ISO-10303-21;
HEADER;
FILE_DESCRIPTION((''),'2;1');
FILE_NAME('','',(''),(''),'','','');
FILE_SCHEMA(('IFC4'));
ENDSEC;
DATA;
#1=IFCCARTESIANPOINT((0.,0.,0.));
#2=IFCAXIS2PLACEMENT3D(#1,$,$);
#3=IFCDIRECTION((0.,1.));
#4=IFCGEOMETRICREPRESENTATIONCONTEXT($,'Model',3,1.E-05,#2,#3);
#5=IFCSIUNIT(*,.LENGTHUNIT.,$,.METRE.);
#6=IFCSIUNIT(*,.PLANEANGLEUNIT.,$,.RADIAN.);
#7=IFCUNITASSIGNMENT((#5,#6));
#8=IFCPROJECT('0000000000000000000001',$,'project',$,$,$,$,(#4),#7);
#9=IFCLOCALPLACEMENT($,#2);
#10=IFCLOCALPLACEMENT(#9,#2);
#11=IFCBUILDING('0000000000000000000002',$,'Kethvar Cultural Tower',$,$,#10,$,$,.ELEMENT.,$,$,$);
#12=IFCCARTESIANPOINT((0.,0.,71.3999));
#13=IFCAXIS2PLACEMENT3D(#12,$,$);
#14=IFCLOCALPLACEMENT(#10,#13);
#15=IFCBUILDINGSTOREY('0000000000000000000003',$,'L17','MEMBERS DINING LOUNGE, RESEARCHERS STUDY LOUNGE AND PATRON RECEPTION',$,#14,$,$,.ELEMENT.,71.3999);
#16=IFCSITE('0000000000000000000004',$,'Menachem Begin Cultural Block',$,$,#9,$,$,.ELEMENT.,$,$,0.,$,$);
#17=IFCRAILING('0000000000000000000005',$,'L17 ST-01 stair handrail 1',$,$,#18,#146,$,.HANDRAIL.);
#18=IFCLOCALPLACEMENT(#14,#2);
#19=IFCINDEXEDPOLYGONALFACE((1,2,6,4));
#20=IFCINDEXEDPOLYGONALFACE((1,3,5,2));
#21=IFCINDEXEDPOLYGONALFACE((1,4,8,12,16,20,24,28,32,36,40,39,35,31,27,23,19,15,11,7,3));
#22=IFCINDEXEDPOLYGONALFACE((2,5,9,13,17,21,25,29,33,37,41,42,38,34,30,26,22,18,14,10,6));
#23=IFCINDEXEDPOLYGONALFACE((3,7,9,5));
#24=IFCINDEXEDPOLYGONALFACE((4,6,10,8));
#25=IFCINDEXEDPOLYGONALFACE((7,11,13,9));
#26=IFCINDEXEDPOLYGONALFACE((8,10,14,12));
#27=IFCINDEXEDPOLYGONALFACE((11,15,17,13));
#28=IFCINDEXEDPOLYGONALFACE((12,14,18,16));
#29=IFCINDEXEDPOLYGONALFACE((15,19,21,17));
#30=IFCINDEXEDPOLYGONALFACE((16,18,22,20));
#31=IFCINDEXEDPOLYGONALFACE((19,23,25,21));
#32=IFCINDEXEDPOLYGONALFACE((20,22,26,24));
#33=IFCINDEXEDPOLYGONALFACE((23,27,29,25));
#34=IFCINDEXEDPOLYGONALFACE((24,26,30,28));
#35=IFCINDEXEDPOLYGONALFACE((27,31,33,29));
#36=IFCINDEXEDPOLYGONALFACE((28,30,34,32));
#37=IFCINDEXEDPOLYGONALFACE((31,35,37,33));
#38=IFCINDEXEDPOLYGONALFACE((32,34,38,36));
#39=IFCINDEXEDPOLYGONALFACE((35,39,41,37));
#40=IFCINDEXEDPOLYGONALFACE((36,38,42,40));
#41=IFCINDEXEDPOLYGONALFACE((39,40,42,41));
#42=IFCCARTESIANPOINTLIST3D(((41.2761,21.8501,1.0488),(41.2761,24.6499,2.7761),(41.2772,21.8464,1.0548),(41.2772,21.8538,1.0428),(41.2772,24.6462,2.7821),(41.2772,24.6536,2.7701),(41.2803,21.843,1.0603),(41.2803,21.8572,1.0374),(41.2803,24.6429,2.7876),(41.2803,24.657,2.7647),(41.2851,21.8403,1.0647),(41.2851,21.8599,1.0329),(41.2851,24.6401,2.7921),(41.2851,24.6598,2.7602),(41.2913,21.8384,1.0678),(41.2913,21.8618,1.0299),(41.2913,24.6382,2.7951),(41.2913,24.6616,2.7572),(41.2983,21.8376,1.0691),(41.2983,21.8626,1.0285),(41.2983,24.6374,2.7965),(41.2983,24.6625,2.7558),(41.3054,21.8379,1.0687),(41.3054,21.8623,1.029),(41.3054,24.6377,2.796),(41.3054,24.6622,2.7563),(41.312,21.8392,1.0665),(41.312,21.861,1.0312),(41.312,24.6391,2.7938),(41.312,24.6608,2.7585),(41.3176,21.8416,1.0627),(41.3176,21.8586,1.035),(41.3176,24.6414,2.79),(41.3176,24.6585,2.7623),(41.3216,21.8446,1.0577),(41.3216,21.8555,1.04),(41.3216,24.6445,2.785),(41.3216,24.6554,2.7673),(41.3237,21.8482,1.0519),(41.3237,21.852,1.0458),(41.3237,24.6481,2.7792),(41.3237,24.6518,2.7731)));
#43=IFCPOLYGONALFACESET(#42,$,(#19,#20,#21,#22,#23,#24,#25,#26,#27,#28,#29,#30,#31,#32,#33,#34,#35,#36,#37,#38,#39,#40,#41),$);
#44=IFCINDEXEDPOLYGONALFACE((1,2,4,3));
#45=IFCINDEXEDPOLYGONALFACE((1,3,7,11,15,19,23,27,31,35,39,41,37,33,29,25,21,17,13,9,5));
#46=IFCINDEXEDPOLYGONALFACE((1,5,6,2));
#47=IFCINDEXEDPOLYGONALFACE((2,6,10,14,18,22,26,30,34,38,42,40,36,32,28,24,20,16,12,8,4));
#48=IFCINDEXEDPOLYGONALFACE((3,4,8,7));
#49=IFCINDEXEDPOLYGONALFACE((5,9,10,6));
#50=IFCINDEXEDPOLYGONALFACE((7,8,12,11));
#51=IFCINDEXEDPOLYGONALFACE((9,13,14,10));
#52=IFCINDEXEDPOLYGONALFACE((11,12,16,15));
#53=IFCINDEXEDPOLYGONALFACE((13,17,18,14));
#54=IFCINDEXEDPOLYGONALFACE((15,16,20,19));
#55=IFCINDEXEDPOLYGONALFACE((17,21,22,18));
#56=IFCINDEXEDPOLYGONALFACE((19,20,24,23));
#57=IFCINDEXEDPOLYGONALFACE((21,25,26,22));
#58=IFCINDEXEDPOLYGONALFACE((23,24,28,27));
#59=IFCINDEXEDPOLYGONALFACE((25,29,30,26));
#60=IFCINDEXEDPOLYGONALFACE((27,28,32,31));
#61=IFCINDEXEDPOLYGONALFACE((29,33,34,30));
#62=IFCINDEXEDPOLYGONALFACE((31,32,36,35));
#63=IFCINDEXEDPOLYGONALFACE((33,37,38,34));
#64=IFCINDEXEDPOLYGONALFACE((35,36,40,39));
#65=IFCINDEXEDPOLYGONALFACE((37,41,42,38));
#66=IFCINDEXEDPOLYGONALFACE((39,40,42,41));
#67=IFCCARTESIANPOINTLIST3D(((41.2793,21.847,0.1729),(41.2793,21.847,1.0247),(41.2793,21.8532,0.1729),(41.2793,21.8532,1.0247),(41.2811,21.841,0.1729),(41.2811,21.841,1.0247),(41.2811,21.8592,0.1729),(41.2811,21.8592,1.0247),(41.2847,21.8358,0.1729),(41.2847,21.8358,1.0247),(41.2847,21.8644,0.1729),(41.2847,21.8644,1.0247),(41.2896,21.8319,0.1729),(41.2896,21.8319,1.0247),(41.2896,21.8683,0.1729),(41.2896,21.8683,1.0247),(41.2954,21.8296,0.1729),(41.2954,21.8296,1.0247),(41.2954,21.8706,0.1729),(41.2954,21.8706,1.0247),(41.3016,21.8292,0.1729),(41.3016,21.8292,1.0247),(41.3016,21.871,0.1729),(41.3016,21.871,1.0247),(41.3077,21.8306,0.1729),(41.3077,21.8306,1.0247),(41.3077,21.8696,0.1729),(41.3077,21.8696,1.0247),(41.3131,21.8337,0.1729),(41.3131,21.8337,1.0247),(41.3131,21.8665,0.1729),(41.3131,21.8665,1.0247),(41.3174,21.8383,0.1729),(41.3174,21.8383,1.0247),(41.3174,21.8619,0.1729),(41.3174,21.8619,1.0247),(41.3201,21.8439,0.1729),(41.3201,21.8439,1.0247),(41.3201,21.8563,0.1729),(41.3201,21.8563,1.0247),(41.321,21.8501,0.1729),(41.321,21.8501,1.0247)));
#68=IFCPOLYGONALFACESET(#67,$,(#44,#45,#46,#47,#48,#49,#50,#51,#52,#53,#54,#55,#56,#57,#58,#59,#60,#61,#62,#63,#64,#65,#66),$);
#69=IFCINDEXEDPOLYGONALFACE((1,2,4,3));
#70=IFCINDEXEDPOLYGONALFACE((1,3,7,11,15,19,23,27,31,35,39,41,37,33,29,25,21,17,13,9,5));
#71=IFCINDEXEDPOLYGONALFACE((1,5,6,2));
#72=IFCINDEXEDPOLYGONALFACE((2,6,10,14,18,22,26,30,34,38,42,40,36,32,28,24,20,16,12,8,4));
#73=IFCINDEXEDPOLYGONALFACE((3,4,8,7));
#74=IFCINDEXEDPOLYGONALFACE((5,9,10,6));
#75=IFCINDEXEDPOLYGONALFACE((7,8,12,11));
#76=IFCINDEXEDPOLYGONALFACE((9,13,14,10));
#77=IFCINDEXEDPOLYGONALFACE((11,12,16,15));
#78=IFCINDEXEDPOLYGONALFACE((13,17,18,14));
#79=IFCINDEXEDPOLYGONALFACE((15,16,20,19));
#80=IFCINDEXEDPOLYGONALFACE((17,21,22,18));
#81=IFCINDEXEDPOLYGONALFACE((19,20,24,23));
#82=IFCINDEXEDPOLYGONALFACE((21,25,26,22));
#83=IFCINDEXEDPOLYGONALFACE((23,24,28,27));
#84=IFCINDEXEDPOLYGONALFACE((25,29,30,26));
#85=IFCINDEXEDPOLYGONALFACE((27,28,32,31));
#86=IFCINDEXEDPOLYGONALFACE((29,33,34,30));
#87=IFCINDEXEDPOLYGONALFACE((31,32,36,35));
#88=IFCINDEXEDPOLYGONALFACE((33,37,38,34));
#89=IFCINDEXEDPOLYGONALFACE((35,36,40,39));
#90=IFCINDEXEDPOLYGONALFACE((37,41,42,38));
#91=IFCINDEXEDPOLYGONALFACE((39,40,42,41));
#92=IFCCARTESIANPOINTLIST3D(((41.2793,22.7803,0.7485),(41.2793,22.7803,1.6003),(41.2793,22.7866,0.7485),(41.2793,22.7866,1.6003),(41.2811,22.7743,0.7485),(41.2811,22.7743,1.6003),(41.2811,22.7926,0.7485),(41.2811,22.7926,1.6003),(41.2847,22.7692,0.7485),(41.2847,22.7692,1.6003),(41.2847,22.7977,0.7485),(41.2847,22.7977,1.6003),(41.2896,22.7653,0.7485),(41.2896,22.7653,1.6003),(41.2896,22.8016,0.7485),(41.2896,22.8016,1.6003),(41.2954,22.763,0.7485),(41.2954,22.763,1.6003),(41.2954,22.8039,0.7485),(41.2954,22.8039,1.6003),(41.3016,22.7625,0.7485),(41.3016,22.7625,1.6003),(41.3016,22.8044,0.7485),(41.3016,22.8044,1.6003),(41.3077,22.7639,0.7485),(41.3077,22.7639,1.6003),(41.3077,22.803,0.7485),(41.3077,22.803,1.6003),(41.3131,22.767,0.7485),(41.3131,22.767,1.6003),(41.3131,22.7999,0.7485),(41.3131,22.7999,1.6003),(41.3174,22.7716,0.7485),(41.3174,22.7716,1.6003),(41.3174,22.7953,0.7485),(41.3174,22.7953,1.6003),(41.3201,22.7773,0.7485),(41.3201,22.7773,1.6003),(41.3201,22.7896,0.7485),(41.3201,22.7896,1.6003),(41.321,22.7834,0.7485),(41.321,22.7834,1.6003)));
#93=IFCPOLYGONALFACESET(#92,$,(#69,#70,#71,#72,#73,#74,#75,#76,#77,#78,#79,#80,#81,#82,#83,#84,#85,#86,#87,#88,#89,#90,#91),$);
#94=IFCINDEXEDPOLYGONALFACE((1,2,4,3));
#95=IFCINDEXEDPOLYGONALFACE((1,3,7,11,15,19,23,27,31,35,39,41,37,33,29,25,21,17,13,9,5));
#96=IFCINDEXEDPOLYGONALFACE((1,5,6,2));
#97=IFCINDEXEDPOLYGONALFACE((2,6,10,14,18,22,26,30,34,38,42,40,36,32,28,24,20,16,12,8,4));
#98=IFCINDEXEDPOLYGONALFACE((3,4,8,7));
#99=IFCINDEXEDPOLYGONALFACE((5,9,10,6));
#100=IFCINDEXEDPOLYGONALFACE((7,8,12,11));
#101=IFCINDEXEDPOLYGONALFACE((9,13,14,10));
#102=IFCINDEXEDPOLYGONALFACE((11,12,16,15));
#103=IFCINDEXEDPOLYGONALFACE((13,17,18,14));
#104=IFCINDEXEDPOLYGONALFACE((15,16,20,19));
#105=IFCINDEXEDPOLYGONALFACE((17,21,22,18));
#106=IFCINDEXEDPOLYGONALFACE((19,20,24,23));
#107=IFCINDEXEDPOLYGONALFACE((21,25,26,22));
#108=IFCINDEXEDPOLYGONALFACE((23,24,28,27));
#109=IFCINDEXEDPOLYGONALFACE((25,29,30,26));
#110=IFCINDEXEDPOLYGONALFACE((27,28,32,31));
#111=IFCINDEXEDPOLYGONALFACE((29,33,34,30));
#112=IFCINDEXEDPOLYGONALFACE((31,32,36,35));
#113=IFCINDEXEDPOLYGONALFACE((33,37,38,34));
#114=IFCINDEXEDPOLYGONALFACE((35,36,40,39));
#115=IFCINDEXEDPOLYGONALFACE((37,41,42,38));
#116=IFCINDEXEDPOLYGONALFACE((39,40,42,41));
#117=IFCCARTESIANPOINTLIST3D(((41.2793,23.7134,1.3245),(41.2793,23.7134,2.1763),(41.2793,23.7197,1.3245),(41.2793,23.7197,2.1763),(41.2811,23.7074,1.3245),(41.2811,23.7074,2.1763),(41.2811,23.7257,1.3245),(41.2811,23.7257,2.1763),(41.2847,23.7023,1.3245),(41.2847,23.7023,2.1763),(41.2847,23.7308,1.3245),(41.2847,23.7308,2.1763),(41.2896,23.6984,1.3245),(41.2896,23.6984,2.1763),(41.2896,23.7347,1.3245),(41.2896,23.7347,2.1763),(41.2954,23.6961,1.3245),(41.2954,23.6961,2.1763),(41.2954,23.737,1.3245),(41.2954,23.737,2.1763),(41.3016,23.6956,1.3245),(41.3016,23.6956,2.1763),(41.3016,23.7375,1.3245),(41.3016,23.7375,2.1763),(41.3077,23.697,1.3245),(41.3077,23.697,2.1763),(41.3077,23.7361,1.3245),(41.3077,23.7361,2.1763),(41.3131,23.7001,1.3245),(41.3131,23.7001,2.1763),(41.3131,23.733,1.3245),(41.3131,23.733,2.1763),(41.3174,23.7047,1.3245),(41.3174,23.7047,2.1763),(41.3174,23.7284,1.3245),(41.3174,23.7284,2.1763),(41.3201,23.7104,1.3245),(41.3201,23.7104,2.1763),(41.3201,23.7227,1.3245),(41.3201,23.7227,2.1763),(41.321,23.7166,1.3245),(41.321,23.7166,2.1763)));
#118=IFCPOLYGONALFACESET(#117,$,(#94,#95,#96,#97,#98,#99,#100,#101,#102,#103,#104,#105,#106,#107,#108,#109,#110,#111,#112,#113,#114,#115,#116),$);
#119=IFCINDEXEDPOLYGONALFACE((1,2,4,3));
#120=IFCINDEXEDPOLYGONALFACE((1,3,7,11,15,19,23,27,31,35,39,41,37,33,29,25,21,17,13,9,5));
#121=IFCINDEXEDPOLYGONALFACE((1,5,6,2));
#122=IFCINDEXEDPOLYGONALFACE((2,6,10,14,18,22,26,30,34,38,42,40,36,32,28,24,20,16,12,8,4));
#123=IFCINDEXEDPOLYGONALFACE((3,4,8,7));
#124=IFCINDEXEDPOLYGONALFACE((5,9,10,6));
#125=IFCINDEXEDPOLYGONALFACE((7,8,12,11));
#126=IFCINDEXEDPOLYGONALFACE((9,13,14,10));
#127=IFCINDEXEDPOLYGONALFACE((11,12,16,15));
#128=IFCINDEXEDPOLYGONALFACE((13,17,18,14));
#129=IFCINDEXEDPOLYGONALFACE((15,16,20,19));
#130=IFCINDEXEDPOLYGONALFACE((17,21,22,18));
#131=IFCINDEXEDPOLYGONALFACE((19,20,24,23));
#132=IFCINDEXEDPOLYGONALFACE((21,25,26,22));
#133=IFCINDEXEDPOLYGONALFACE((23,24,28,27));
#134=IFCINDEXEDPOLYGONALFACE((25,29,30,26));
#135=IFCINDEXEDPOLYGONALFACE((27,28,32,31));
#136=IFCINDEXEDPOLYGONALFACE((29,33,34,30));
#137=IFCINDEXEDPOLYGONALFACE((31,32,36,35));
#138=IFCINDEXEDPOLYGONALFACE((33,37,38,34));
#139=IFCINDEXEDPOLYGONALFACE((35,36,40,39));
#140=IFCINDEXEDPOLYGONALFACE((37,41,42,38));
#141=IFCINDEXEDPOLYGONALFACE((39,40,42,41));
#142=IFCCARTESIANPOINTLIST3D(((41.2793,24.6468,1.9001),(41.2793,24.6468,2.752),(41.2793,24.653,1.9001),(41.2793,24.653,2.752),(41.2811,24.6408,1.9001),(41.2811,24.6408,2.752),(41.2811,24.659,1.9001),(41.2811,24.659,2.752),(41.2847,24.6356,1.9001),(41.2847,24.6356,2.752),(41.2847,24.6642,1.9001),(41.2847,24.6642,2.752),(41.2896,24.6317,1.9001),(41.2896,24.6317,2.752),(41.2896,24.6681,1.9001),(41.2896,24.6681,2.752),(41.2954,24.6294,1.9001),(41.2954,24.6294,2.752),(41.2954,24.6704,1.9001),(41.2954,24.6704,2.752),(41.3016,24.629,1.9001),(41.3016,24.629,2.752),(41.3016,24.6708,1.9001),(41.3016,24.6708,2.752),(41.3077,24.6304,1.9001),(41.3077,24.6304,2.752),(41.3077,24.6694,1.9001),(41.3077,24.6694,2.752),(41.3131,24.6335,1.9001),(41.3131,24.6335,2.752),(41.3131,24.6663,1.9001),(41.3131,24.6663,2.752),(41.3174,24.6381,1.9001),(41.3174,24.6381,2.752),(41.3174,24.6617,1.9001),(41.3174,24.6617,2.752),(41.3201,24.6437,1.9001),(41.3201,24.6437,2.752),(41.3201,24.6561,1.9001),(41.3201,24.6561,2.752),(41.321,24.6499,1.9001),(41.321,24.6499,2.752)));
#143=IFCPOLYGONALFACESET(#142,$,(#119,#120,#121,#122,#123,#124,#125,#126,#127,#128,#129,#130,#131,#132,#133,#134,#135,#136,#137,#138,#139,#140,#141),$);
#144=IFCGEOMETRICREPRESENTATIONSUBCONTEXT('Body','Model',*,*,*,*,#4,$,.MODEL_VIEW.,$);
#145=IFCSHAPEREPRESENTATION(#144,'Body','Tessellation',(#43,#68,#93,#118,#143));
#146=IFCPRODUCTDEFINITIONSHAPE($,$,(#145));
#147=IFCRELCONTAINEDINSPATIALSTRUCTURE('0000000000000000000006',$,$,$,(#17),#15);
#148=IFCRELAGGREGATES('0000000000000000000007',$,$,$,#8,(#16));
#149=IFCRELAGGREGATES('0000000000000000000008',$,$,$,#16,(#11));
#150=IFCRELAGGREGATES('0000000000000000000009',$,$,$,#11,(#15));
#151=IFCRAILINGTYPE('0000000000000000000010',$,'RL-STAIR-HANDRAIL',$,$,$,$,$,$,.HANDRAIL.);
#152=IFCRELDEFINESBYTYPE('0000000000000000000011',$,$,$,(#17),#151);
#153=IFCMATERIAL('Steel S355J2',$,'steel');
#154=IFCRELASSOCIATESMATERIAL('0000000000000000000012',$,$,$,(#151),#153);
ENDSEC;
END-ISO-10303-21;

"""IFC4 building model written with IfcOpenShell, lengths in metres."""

from ifc_helpers import new_model, si_unit, direction, frame, origin, origin_2d, place, context, subcontext, project, spatial, circle, extrude, material, type_object, element, save


model = new_model("IFC4")

# Units and contexts
model_context = context("Model", 3, precision=1e-05, world=origin(), true_north=direction((0.0, 1.0)))
body_context = subcontext(model_context, "Body", "Model", "MODEL_VIEW")
ifc_project = project(units=[si_unit("LENGTHUNIT", "METRE"), si_unit("PLANEANGLEUNIT", "RADIAN")], contexts=[model_context])

# Site, building, storey
site_placement = place(None, origin())
site = spatial("IfcSite", under=ifc_project, at=site_placement, Name="Menachem Begin Cultural Block", CompositionType="ELEMENT", RefElevation=0.0)
building_placement = place(site_placement, origin())
building = spatial("IfcBuilding", under=site, at=building_placement, Name="Kethvar Cultural Tower", CompositionType="ELEMENT")
storey_placement = place(building_placement, frame((0.0, 0.0, 71.3999)))
storey = spatial("IfcBuildingStorey", under=building, at=storey_placement, Name="L17", Description="MEMBERS DINING LOUNGE, RESEARCHERS STUDY LOUNGE AND PATRON RECEPTION", CompositionType="ELEMENT", Elevation=71.3999)

# Shared definitions
ifc_material_1 = material(Name="Steel S355J2", Category="steel")

# Railing
railing_type_1 = type_object("IfcRailingType", Name="RL-STAIR-HANDRAIL", PredefinedType="HANDRAIL", material=ifc_material_1)
railing_1_placement = place(storey_placement, frame((41.3, 21.8501, 0.1729)))
element("IfcRailing", 1, at=railing_1_placement, inside=storey, type_object=railing_type_1, Name="L17 ST-01 stair handrail 1", PredefinedType="HANDRAIL", context=body_context, shape_type="SweptSolid", body=[
    extrude(circle(Radius=0.0239, at=origin_2d()), frame((0.0, 0.0, 0.876), z_axis=(0.0, 0.851069, 0.525054), x_axis=(-1.0, 0.0, 0.0)), (0.0, 0.0, 1.0), 3.2898),
    extrude(circle(Radius=0.021, at=origin_2d()), origin(), (0.0, 0.0, 1.0), 0.8518),
    extrude(circle(Radius=0.021, at=origin_2d()), frame((0.0, 0.9333, 0.5757)), (0.0, 0.0, 1.0), 0.8518),
    extrude(circle(Radius=0.021, at=origin_2d()), frame((0.0, 1.8665, 1.1516)), (0.0, 0.0, 1.0), 0.8518),
    extrude(circle(Radius=0.021, at=origin_2d()), frame((0.0, 2.7998, 1.7273)), (0.0, 0.0, 1.0), 0.8518),
])

save(model, "model.ifc")
